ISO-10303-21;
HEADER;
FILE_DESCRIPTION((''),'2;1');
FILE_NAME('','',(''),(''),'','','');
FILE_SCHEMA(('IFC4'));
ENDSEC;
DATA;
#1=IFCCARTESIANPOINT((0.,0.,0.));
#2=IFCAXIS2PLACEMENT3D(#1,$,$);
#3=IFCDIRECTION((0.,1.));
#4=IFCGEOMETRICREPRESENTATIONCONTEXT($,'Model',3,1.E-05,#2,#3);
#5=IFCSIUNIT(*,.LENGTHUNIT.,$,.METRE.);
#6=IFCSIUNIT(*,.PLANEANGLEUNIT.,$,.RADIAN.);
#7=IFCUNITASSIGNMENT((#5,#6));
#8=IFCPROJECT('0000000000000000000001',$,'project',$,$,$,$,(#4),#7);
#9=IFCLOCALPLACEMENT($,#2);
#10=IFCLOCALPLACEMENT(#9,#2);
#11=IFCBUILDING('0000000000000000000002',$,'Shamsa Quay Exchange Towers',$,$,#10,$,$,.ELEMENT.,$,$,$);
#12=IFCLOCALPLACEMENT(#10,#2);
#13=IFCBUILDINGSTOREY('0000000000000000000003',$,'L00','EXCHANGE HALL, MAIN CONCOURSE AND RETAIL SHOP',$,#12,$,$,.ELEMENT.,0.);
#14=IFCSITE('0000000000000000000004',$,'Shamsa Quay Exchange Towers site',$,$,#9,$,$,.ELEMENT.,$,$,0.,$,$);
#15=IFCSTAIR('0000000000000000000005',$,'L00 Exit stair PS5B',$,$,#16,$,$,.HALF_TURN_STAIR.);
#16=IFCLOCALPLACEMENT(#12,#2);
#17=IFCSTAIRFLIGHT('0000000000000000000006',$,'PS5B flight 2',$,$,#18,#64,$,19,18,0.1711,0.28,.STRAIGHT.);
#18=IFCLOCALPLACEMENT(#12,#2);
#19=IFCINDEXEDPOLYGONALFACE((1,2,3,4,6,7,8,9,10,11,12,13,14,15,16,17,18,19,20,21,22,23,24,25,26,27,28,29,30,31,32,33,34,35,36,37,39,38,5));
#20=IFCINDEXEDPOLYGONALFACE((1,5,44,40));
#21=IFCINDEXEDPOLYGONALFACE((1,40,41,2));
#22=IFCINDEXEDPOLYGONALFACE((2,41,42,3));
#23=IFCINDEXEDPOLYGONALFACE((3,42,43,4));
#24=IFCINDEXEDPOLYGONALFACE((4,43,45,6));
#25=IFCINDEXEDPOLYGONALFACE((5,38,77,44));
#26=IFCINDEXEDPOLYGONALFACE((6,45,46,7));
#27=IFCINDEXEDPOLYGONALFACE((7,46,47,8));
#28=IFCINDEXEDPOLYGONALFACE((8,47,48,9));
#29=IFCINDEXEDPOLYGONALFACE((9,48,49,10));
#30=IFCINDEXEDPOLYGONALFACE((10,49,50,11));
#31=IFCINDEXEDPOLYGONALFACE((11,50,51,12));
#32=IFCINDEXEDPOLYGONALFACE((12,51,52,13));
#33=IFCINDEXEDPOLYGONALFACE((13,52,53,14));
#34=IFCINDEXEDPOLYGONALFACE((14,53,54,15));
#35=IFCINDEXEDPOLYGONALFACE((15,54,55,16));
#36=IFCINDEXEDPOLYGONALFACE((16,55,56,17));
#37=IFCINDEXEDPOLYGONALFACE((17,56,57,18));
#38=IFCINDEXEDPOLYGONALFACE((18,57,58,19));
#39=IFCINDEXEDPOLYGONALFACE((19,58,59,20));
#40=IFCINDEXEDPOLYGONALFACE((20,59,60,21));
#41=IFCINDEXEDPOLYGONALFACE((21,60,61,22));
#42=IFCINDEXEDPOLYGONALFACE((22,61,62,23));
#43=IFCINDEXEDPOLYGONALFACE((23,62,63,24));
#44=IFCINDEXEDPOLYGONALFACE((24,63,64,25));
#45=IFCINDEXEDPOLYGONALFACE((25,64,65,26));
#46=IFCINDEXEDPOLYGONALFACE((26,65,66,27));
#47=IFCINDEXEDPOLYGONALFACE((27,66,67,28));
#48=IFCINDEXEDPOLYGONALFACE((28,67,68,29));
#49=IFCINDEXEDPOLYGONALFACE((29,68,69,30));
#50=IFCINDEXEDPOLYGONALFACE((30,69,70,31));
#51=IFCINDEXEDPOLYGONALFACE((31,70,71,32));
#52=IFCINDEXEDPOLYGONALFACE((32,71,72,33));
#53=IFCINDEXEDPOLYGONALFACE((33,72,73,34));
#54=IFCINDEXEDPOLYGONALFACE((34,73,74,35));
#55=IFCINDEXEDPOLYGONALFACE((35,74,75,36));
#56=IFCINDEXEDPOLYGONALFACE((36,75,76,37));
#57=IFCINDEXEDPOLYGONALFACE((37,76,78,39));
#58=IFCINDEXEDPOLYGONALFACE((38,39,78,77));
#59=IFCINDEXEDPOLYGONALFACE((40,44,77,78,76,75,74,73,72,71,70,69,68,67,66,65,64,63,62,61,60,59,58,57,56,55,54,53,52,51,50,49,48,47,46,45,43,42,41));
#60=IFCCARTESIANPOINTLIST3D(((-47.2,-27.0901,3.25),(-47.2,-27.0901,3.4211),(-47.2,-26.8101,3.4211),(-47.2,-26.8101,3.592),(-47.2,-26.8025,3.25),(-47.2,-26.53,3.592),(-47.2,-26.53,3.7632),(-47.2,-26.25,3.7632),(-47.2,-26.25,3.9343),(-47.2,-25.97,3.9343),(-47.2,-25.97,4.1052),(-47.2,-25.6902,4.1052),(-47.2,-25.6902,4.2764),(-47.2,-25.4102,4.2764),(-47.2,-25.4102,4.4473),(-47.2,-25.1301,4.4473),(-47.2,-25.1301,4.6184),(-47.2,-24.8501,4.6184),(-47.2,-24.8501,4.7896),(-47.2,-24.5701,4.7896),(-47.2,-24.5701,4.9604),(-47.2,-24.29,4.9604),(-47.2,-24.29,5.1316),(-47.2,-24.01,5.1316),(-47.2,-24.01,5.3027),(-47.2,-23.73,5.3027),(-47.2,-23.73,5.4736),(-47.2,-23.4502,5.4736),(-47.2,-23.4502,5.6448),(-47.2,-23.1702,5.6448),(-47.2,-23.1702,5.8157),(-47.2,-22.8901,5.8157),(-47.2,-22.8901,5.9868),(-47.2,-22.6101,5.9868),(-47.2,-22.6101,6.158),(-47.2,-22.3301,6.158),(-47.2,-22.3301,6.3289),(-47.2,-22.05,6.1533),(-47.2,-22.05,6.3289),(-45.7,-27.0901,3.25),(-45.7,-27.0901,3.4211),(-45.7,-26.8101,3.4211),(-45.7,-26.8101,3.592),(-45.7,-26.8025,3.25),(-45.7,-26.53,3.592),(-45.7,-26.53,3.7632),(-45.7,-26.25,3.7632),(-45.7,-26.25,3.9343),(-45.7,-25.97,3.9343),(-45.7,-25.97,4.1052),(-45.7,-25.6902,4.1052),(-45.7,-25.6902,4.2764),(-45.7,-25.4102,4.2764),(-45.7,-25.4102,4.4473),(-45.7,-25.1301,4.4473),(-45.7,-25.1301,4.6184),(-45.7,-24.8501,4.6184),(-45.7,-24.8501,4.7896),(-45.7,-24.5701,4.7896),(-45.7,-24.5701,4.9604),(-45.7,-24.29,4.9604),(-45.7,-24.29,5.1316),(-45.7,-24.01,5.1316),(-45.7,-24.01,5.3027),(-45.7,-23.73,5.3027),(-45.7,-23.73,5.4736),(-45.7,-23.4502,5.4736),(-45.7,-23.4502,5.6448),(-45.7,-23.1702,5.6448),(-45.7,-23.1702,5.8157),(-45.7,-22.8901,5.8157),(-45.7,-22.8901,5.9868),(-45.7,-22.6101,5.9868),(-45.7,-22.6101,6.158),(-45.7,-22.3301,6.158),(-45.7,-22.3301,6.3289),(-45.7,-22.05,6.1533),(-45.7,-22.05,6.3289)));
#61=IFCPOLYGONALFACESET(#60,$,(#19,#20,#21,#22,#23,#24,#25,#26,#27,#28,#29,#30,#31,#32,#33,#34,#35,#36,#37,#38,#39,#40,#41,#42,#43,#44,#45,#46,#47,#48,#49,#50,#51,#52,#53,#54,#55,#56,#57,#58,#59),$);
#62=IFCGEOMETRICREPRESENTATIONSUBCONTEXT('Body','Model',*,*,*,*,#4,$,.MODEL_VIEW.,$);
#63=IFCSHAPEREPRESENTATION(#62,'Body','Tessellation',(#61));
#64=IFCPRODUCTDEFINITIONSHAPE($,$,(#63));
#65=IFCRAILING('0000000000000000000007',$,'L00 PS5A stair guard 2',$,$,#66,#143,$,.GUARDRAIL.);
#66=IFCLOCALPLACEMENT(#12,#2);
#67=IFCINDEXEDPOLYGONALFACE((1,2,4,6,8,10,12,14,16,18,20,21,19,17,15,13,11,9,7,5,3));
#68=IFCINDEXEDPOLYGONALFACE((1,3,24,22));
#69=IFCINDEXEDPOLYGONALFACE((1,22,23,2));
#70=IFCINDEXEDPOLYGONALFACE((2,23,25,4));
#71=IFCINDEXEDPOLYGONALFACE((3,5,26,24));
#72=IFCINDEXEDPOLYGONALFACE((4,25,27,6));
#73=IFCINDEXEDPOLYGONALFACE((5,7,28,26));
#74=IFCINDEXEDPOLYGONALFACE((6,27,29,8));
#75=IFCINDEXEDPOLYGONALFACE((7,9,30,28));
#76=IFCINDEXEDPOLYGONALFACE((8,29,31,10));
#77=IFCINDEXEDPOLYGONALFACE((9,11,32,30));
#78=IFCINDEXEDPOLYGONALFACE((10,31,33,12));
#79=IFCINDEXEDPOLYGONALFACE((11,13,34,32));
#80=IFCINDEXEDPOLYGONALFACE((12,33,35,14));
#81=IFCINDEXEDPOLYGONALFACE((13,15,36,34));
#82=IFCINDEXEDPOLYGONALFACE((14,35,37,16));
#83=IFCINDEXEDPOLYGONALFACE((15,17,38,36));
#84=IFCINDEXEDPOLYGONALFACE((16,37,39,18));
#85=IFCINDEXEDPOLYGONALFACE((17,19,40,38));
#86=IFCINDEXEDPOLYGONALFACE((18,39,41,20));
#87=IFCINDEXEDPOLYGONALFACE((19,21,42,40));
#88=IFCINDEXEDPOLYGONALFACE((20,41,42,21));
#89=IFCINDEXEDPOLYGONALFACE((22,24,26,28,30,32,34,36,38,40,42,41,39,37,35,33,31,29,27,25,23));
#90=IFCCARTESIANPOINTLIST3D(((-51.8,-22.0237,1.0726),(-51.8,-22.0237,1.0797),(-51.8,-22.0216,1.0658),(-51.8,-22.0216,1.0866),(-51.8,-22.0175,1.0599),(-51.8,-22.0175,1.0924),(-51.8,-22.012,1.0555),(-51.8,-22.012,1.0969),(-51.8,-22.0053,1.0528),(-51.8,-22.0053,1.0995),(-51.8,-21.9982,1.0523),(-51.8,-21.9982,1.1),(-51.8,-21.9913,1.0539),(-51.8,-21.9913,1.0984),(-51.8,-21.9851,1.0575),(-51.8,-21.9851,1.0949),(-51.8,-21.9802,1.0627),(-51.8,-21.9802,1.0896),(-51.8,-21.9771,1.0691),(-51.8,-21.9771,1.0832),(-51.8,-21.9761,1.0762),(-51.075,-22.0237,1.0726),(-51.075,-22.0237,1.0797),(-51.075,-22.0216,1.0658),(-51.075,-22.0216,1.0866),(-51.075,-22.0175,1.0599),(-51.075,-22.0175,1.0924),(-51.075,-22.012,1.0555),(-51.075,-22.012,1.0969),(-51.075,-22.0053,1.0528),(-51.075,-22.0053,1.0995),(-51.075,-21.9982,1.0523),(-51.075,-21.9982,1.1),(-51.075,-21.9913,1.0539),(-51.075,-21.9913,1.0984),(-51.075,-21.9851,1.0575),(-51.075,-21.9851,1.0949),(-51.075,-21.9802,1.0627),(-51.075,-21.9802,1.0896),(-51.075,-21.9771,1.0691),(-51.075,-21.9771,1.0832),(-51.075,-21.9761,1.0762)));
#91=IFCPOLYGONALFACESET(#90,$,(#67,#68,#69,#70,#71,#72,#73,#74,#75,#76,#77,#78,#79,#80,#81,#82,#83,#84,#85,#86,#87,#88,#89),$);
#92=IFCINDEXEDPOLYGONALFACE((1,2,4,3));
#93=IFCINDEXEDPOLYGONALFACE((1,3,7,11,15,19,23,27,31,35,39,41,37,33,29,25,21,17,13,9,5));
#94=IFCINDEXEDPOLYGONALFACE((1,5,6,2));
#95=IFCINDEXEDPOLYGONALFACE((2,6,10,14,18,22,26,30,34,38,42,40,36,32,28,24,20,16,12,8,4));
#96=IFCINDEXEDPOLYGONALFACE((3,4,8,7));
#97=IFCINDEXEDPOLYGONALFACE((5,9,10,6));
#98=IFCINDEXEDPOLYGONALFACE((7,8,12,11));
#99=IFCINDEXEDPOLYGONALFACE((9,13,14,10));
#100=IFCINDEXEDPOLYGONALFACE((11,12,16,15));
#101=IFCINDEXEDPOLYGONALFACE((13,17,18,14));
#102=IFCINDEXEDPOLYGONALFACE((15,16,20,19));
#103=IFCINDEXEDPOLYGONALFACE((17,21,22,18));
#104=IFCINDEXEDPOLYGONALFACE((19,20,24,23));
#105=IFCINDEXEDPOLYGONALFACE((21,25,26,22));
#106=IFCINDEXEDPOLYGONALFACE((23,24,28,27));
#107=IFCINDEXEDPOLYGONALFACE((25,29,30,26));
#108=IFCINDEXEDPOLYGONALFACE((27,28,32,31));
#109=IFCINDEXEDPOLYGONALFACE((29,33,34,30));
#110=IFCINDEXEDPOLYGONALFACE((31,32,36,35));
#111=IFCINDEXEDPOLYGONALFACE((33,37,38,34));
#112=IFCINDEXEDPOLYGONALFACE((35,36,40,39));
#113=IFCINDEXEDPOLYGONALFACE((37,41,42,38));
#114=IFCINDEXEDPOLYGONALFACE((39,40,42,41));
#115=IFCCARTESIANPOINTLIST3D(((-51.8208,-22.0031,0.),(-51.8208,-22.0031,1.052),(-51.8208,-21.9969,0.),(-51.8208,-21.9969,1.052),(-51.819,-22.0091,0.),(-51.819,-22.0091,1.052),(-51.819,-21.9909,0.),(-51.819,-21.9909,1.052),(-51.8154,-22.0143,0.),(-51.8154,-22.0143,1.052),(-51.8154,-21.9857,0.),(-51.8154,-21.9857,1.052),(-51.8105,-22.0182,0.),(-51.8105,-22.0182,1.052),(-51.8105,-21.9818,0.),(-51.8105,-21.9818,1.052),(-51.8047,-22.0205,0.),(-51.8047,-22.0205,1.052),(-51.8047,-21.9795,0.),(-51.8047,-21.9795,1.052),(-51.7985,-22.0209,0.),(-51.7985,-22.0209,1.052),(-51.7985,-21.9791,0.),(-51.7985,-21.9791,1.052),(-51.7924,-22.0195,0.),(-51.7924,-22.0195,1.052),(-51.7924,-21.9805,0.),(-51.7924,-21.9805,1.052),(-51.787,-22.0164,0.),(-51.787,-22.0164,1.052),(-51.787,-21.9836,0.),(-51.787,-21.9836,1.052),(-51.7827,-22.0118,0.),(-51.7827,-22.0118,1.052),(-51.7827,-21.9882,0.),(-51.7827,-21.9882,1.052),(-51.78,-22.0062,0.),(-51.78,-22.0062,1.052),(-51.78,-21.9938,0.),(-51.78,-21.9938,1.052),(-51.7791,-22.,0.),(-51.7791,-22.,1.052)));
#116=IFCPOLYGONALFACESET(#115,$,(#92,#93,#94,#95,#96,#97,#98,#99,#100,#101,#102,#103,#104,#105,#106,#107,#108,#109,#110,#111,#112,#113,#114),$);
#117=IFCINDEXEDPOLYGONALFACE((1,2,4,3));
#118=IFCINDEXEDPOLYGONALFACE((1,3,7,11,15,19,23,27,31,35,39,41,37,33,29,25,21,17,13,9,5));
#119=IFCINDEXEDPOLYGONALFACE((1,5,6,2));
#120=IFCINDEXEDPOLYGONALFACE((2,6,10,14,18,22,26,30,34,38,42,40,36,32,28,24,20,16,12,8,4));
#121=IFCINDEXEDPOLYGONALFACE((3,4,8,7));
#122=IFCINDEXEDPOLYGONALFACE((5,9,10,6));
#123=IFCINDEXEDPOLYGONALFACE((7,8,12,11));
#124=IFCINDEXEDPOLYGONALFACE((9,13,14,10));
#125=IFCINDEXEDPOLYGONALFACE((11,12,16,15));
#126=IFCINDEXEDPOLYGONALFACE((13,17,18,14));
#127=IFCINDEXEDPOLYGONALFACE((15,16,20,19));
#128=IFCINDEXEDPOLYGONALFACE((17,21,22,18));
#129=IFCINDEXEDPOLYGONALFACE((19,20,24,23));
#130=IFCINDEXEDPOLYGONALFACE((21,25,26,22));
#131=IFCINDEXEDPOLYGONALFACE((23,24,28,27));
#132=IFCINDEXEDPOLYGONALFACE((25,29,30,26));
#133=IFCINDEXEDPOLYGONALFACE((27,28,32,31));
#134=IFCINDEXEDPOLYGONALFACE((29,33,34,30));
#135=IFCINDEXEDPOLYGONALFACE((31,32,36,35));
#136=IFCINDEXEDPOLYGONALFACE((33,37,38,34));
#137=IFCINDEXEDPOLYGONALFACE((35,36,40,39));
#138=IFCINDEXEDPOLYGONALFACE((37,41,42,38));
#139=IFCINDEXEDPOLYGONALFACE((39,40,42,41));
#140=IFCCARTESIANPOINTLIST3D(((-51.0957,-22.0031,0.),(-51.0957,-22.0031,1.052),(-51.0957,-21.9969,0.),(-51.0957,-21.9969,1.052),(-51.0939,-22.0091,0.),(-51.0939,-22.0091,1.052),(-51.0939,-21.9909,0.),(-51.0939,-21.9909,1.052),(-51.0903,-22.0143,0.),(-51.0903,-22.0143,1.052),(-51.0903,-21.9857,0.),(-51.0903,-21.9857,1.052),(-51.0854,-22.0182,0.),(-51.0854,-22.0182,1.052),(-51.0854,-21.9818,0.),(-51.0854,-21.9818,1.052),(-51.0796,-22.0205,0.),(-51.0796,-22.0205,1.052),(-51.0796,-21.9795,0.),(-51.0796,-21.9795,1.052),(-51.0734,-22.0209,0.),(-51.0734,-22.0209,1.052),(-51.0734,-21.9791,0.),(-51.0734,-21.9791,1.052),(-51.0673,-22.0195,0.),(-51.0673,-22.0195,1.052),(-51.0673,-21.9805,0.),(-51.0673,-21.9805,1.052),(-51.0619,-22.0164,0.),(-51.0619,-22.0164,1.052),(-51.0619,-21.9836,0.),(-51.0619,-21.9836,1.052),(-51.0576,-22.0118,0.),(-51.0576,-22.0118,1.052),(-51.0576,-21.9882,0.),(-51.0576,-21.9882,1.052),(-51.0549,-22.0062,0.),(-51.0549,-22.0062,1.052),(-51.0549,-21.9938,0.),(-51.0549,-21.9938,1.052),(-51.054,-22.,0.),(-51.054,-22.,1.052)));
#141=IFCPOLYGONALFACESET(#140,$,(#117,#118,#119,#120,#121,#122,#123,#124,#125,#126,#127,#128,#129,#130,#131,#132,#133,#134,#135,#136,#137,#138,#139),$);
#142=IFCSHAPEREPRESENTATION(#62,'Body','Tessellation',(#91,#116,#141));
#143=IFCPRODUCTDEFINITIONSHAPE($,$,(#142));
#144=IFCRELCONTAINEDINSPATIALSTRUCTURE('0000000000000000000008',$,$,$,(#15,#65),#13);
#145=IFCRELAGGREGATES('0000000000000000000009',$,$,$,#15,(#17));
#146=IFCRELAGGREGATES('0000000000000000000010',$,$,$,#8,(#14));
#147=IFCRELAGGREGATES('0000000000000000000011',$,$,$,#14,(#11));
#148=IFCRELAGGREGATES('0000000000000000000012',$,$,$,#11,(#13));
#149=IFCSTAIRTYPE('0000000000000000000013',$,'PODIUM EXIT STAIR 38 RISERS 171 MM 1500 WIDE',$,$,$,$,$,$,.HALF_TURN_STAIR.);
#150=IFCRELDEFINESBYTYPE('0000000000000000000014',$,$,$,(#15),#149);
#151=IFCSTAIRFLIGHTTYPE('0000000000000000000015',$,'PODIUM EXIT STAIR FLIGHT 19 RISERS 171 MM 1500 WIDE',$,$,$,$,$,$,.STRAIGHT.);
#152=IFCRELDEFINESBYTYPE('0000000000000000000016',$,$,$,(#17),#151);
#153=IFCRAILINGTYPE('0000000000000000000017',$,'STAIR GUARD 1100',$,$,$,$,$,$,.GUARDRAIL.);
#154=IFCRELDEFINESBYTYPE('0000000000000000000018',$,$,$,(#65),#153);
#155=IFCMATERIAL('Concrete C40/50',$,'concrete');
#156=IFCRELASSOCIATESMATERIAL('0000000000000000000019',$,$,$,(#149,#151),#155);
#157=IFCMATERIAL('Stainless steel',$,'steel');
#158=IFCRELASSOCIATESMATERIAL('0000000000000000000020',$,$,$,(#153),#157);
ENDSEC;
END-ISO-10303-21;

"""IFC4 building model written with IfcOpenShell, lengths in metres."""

from ifc_helpers import new_model, si_unit, direction, frame, origin, origin_2d, place, context, subcontext, project, spatial, polyline, circle, outline, extrude, material, type_object, element, aggregate, save


model = new_model("IFC4")

# Units and contexts
model_context = context("Model", 3, precision=1e-05, world=origin(), true_north=direction((0.0, 1.0)))
body_context = subcontext(model_context, "Body", "Model", "MODEL_VIEW")
ifc_project = project(units=[si_unit("LENGTHUNIT", "METRE"), si_unit("PLANEANGLEUNIT", "RADIAN")], contexts=[model_context])

# Site, building, storey
site_placement = place(None, origin())
site = spatial("IfcSite", under=ifc_project, at=site_placement, Name="Shamsa Quay Exchange Towers site", CompositionType="ELEMENT", RefElevation=0.0)
building_placement = place(site_placement, origin())
building = spatial("IfcBuilding", under=site, at=building_placement, Name="Shamsa Quay Exchange Towers", CompositionType="ELEMENT")
storey_placement = place(building_placement, origin())
storey = spatial("IfcBuildingStorey", under=building, at=storey_placement, Name="L00", Description="EXCHANGE HALL, MAIN CONCOURSE AND RETAIL SHOP", CompositionType="ELEMENT", Elevation=0.0)

# Shared definitions
ifc_material_1 = material(Name="Concrete C40/50", Category="concrete")

# Stair, stair flight
stair_type = type_object("IfcStairType", Name="PODIUM EXIT STAIR 38 RISERS 171 MM 1500 WIDE", PredefinedType="HALF_TURN_STAIR", material=ifc_material_1)
stair_flight_type = type_object("IfcStairFlightType", Name="PODIUM EXIT STAIR FLIGHT 19 RISERS 171 MM 1500 WIDE", PredefinedType="STRAIGHT", material=ifc_material_1)
stair_1_placement = place(storey_placement, origin())
stair_1 = element("IfcStair", 1, at=stair_1_placement, inside=storey, type_object=stair_type, Name="L00 Exit stair PS5B", PredefinedType="HALF_TURN_STAIR")
stair_flight_1_placement = place(storey_placement, frame((-46.45, -27.0901, 3.25), z_axis=(0.0, 0.0, 1.0), x_axis=(0.0, 1.0, 0.0)))
stair_flight_1 = element("IfcStairFlight", 2, at=stair_flight_1_placement, type_object=stair_flight_type, Name="PS5B flight 2", NumberOfRisers=19, NumberOfTreads=18, PredefinedType="STRAIGHT", RiserHeight=0.1711, TreadLength=0.28, context=body_context, shape_type="SweptSolid", body=[
    extrude(outline(polyline([(0.0, 0.0), (0.0, 0.1711), (0.28, 0.1711), (0.28, 0.342), (0.5601, 0.342), (0.5601, 0.5132), (0.8401, 0.5132), (0.8401, 0.6843), (1.1201, 0.6843), (1.1201, 0.8552), (1.3999, 0.8552), (1.3999, 1.0264), (1.6799, 1.0264), (1.6799, 1.1973), (1.96, 1.1973), (1.96, 1.3684), (2.24, 1.3684), (2.24, 1.5396), (2.52, 1.5396), (2.52, 1.7104), (2.8, 1.7104), (2.8, 1.8816), (3.0801, 1.8816), (3.0801, 2.0527), (3.3601, 2.0527), (3.3601, 2.2236), (3.6399, 2.2236), (3.6399, 2.3948), (3.9199, 2.3948), (3.9199, 2.5657), (4.2, 2.5657), (4.2, 2.7368), (4.48, 2.7368), (4.48, 2.908), (4.76, 2.908), (4.76, 3.0789), (5.04, 3.0789), (5.04, 3.25), (5.04, 2.9033), (0.2876, 0.0), (0.0, 0.0)])), frame((0.0, 0.75, 0.0), z_axis=(0.0, -1.0, 0.0), x_axis=(1.0, 0.0, 0.0)), (0.0, 0.0, 1.0), 1.5),
])
aggregate(stair_1, [stair_flight_1])

# Railing
ifc_material_2 = material(Name="Stainless steel", Category="steel")
railing_type_1 = type_object("IfcRailingType", Name="STAIR GUARD 1100", PredefinedType="GUARDRAIL", material=ifc_material_2)
railing_1_placement = place(storey_placement, frame((-51.8, -22.0, 0.0)))
element("IfcRailing", 3, at=railing_1_placement, inside=storey, type_object=railing_type_1, Name="L00 PS5A stair guard 2", PredefinedType="GUARDRAIL", context=body_context, shape_type="SweptSolid", body=[
    extrude(circle(Radius=0.0239, at=origin_2d()), frame((0.0, 0.0, 1.0762), z_axis=(1.0, 0.0, 0.0), x_axis=(0.0, 1.0, 0.0)), (0.0, 0.0, 1.0), 0.7251),
    extrude(circle(Radius=0.021, at=origin_2d()), origin(), (0.0, 0.0, 1.0), 1.052),
    extrude(circle(Radius=0.021, at=origin_2d()), frame((0.7251, 0.0, 0.0)), (0.0, 0.0, 1.0), 1.052),
])

save(model, "model.ifc")
